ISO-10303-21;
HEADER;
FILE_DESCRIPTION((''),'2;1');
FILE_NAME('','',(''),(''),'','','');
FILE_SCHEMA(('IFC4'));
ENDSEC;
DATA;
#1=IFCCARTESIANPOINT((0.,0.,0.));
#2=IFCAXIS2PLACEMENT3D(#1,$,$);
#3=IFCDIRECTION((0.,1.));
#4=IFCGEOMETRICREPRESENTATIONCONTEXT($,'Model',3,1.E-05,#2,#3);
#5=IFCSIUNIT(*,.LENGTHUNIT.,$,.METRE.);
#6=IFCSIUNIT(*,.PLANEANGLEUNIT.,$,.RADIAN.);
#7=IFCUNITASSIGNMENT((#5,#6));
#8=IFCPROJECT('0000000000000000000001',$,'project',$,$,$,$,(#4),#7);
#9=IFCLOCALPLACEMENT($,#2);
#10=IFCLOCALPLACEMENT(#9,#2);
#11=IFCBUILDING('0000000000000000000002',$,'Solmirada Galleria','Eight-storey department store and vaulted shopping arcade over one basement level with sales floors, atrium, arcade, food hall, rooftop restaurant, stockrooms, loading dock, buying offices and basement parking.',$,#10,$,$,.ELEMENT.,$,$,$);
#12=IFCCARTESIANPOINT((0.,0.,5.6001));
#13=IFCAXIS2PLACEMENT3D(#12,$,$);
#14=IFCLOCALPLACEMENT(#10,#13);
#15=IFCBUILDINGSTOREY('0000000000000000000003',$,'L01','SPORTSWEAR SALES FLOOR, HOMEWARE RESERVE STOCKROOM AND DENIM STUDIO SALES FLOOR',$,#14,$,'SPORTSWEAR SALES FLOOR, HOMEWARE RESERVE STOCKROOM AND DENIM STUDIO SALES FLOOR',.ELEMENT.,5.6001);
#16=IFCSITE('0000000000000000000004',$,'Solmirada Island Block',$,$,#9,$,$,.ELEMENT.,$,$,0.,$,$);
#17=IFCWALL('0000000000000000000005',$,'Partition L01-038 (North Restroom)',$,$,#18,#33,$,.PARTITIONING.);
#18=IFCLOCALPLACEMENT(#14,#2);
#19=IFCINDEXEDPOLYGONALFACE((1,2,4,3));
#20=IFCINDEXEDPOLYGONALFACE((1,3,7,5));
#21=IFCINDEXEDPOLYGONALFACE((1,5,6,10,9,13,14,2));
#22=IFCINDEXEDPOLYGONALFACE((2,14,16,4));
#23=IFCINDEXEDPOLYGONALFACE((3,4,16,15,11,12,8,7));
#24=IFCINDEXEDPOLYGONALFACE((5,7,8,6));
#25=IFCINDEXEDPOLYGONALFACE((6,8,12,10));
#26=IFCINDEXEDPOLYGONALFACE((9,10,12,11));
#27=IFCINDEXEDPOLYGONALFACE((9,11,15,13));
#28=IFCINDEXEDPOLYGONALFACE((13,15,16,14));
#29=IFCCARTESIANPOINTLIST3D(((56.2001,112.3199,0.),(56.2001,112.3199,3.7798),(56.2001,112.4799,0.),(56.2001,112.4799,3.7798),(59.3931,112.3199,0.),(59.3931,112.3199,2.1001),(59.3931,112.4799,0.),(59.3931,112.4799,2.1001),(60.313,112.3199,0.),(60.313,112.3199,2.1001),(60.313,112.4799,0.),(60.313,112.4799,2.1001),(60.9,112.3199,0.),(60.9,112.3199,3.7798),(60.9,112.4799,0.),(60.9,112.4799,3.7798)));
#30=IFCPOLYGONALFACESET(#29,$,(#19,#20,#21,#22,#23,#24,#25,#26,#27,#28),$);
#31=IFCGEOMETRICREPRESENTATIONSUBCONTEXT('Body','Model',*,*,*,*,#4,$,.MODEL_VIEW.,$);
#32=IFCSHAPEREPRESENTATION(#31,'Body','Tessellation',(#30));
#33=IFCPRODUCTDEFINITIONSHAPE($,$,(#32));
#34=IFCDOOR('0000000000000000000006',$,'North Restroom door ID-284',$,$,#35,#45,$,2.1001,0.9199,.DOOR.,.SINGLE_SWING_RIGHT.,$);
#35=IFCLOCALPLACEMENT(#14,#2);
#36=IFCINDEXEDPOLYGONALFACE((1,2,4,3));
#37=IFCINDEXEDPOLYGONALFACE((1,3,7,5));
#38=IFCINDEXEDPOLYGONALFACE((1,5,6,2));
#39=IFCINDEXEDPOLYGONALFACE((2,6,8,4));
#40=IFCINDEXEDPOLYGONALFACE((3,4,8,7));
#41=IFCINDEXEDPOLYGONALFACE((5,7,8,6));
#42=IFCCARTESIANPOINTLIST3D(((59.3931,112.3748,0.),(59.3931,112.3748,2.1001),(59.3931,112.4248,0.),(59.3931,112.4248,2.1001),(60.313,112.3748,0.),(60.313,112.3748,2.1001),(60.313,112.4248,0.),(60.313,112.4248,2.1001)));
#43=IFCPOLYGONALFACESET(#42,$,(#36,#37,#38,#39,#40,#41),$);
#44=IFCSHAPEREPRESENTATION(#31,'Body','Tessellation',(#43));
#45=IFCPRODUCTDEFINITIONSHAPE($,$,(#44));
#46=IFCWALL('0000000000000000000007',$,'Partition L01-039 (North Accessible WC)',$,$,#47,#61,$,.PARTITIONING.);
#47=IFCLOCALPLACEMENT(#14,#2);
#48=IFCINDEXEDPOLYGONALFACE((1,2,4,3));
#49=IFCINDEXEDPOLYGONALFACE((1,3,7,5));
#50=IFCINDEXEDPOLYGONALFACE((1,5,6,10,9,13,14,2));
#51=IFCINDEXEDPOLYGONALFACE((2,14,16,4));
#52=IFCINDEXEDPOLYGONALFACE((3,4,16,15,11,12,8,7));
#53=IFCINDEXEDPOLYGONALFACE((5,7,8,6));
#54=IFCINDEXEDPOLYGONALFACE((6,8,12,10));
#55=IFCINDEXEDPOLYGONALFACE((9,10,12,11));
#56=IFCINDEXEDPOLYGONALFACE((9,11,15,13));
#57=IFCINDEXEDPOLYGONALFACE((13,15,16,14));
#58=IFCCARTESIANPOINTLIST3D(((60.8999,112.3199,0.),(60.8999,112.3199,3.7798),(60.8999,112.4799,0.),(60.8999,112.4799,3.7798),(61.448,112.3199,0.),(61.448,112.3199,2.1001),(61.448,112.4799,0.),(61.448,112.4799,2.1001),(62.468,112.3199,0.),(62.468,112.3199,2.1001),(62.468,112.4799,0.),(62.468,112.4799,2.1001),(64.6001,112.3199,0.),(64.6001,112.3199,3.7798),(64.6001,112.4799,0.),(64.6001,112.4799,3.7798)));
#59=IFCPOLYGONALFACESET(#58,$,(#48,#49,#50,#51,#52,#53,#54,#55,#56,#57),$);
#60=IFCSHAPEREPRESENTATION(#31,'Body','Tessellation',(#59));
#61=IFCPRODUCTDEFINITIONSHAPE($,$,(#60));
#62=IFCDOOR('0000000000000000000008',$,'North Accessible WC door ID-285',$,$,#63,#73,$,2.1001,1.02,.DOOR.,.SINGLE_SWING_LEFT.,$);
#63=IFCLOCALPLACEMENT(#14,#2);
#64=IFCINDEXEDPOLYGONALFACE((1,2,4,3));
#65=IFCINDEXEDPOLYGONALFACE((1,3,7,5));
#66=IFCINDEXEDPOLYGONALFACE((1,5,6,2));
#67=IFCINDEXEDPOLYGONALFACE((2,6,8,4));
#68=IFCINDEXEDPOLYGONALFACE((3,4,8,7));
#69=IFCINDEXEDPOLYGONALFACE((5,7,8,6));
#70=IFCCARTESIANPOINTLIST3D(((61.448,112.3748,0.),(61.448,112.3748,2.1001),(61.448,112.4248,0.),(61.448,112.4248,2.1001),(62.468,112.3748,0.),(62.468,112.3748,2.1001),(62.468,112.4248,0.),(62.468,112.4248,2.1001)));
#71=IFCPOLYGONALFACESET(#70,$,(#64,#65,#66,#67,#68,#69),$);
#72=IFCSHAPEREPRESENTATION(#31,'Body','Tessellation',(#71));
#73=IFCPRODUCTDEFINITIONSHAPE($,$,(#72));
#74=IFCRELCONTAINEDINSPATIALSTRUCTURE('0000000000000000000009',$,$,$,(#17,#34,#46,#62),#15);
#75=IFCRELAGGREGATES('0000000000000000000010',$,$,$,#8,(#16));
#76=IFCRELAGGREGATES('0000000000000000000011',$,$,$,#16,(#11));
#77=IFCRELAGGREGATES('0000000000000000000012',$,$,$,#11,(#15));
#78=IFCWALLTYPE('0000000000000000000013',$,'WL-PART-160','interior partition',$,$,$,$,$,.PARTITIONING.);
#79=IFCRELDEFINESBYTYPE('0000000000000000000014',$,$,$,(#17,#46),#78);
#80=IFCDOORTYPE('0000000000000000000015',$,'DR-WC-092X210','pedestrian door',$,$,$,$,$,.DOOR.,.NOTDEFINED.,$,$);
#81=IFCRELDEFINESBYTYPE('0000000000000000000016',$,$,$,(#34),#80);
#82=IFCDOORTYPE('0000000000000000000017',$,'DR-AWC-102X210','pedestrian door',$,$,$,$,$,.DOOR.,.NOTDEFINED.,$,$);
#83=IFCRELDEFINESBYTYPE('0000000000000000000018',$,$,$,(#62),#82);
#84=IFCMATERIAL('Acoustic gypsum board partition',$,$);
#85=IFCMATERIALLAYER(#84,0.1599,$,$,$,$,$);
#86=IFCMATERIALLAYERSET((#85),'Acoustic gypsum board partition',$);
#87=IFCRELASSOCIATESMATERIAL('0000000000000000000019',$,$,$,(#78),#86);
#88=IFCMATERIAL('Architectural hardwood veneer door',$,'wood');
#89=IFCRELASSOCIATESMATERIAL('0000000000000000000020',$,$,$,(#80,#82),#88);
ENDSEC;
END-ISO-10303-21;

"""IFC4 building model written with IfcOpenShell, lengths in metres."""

from ifc_helpers import new_model, si_unit, direction, frame, frame_2d, origin, place, context, subcontext, project, spatial, rectangle, extrude, material, layer, layer_set, type_object, element, fill, save


model = new_model("IFC4")

# Units and contexts
model_context = context("Model", 3, precision=1e-05, world=origin(), true_north=direction((0.0, 1.0)))
body_context = subcontext(model_context, "Body", "Model", "MODEL_VIEW")
ifc_project = project(units=[si_unit("LENGTHUNIT", "METRE"), si_unit("PLANEANGLEUNIT", "RADIAN")], contexts=[model_context])

# Site, building, storey
site_placement = place(None, origin())
site = spatial("IfcSite", under=ifc_project, at=site_placement, Name="Solmirada Island Block", CompositionType="ELEMENT", RefElevation=0.0)
building_placement = place(site_placement, origin())
building = spatial("IfcBuilding", under=site, at=building_placement, Name="Solmirada Galleria", Description="Eight-storey department store and vaulted shopping arcade over one basement level with sales floors, atrium, arcade, food hall, rooftop restaurant, stockrooms, loading dock, buying offices and basement parking.", CompositionType="ELEMENT")
storey_placement = place(building_placement, frame((0.0, 0.0, 5.6001)))
storey = spatial("IfcBuildingStorey", under=building, at=storey_placement, Name="L01", Description="SPORTSWEAR SALES FLOOR, HOMEWARE RESERVE STOCKROOM AND DENIM STUDIO SALES FLOOR", LongName="SPORTSWEAR SALES FLOOR, HOMEWARE RESERVE STOCKROOM AND DENIM STUDIO SALES FLOOR", CompositionType="ELEMENT", Elevation=5.6001)

# Shared definitions
ifc_material_1 = material(Name="Acoustic gypsum board partition")

# Walls, openings, doors
ifc_layer_1 = layer(ifc_material_1, 0.1599)
ifc_layer_set_1 = layer_set([ifc_layer_1], Name="Acoustic gypsum board partition")
wall_type_1 = type_object("IfcWallType", Name="WL-PART-160", Description="interior partition", PredefinedType="PARTITIONING", material=ifc_layer_set_1)
wall_1_placement = place(storey_placement, frame((56.2, 112.3999, 0.0), z_axis=(0.0, 0.0, 1.0), x_axis=(1.0, 0.0, 0.0)))
wall_1 = element("IfcWall", 1, at=wall_1_placement, inside=storey, type_object=wall_type_1, Name="Partition L01-038 (North Restroom)", PredefinedType="PARTITIONING", context=body_context, shape_type="SweptSolid", body=[
    extrude(rectangle(XDim=4.7, YDim=0.1599, at=frame_2d((2.3501, 0.0))), origin(), (0.0, 0.0, 1.0), 3.7798),
])
opening_1_placement = place(wall_1_placement, frame((3.1931, 0.0, 0.0)))
opening_1 = element("IfcOpeningElement", 2, at=opening_1_placement, cuts=wall_1, PredefinedType="OPENING", context=body_context, shape_type="SweptSolid", body=[
    extrude(rectangle(XDim=0.9199, YDim=2.1001, at=frame_2d((0.46, 1.05))), frame((0.0, 0.0898, 0.0), z_axis=(0.0, -1.0, 0.0), x_axis=(1.0, 0.0, 0.0)), (0.0, 0.0, 1.0), 0.1799),
])
ifc_material_2 = material(Name="Architectural hardwood veneer door", Category="wood")
door_type_1 = type_object("IfcDoorType", Name="DR-WC-092X210", Description="pedestrian door", OperationType="NOTDEFINED", PredefinedType="DOOR", material=ifc_material_2)
door_1_placement = place(opening_1_placement, origin())
door_1 = element("IfcDoor", 3, at=door_1_placement, inside=storey, type_object=door_type_1, Name="North Restroom door ID-284", OperationType="SINGLE_SWING_RIGHT", OverallHeight=2.1001, OverallWidth=0.9199, PredefinedType="DOOR", context=body_context, shape_type="SweptSolid", body=[
    extrude(rectangle(XDim=0.9199, YDim=2.1001, at=frame_2d((0.46, 1.05))), frame((0.0, 0.0249, 0.0), z_axis=(0.0, -1.0, 0.0), x_axis=(1.0, 0.0, 0.0)), (0.0, 0.0, 1.0), 0.05),
])
fill(opening_1, door_1)
wall_2_placement = place(storey_placement, frame((60.8999, 112.3999, 0.0), z_axis=(0.0, 0.0, 1.0), x_axis=(1.0, 0.0, 0.0)))
wall_2 = element("IfcWall", 4, at=wall_2_placement, inside=storey, type_object=wall_type_1, Name="Partition L01-039 (North Accessible WC)", PredefinedType="PARTITIONING", context=body_context, shape_type="SweptSolid", body=[
    extrude(rectangle(XDim=3.7002, YDim=0.1599, at=frame_2d((1.8501, 0.0))), origin(), (0.0, 0.0, 1.0), 3.7798),
])
opening_2_placement = place(wall_2_placement, frame((0.5481, 0.0, 0.0)))
opening_2 = element("IfcOpeningElement", 5, at=opening_2_placement, cuts=wall_2, PredefinedType="OPENING", context=body_context, shape_type="SweptSolid", body=[
    extrude(rectangle(XDim=1.02, YDim=2.1001, at=frame_2d((0.51, 1.05))), frame((0.0, 0.0898, 0.0), z_axis=(0.0, -1.0, 0.0), x_axis=(1.0, 0.0, 0.0)), (0.0, 0.0, 1.0), 0.1799),
])
door_type_2 = type_object("IfcDoorType", Name="DR-AWC-102X210", Description="pedestrian door", OperationType="NOTDEFINED", PredefinedType="DOOR", material=ifc_material_2)
door_2_placement = place(opening_2_placement, origin())
door_2 = element("IfcDoor", 6, at=door_2_placement, inside=storey, type_object=door_type_2, Name="North Accessible WC door ID-285", OperationType="SINGLE_SWING_LEFT", OverallHeight=2.1001, OverallWidth=1.02, PredefinedType="DOOR", context=body_context, shape_type="SweptSolid", body=[
    extrude(rectangle(XDim=1.02, YDim=2.1001, at=frame_2d((0.51, 1.05))), frame((0.0, 0.0249, 0.0), z_axis=(0.0, -1.0, 0.0), x_axis=(1.0, 0.0, 0.0)), (0.0, 0.0, 1.0), 0.05),
])
fill(opening_2, door_2)

save(model, "model.ifc")
